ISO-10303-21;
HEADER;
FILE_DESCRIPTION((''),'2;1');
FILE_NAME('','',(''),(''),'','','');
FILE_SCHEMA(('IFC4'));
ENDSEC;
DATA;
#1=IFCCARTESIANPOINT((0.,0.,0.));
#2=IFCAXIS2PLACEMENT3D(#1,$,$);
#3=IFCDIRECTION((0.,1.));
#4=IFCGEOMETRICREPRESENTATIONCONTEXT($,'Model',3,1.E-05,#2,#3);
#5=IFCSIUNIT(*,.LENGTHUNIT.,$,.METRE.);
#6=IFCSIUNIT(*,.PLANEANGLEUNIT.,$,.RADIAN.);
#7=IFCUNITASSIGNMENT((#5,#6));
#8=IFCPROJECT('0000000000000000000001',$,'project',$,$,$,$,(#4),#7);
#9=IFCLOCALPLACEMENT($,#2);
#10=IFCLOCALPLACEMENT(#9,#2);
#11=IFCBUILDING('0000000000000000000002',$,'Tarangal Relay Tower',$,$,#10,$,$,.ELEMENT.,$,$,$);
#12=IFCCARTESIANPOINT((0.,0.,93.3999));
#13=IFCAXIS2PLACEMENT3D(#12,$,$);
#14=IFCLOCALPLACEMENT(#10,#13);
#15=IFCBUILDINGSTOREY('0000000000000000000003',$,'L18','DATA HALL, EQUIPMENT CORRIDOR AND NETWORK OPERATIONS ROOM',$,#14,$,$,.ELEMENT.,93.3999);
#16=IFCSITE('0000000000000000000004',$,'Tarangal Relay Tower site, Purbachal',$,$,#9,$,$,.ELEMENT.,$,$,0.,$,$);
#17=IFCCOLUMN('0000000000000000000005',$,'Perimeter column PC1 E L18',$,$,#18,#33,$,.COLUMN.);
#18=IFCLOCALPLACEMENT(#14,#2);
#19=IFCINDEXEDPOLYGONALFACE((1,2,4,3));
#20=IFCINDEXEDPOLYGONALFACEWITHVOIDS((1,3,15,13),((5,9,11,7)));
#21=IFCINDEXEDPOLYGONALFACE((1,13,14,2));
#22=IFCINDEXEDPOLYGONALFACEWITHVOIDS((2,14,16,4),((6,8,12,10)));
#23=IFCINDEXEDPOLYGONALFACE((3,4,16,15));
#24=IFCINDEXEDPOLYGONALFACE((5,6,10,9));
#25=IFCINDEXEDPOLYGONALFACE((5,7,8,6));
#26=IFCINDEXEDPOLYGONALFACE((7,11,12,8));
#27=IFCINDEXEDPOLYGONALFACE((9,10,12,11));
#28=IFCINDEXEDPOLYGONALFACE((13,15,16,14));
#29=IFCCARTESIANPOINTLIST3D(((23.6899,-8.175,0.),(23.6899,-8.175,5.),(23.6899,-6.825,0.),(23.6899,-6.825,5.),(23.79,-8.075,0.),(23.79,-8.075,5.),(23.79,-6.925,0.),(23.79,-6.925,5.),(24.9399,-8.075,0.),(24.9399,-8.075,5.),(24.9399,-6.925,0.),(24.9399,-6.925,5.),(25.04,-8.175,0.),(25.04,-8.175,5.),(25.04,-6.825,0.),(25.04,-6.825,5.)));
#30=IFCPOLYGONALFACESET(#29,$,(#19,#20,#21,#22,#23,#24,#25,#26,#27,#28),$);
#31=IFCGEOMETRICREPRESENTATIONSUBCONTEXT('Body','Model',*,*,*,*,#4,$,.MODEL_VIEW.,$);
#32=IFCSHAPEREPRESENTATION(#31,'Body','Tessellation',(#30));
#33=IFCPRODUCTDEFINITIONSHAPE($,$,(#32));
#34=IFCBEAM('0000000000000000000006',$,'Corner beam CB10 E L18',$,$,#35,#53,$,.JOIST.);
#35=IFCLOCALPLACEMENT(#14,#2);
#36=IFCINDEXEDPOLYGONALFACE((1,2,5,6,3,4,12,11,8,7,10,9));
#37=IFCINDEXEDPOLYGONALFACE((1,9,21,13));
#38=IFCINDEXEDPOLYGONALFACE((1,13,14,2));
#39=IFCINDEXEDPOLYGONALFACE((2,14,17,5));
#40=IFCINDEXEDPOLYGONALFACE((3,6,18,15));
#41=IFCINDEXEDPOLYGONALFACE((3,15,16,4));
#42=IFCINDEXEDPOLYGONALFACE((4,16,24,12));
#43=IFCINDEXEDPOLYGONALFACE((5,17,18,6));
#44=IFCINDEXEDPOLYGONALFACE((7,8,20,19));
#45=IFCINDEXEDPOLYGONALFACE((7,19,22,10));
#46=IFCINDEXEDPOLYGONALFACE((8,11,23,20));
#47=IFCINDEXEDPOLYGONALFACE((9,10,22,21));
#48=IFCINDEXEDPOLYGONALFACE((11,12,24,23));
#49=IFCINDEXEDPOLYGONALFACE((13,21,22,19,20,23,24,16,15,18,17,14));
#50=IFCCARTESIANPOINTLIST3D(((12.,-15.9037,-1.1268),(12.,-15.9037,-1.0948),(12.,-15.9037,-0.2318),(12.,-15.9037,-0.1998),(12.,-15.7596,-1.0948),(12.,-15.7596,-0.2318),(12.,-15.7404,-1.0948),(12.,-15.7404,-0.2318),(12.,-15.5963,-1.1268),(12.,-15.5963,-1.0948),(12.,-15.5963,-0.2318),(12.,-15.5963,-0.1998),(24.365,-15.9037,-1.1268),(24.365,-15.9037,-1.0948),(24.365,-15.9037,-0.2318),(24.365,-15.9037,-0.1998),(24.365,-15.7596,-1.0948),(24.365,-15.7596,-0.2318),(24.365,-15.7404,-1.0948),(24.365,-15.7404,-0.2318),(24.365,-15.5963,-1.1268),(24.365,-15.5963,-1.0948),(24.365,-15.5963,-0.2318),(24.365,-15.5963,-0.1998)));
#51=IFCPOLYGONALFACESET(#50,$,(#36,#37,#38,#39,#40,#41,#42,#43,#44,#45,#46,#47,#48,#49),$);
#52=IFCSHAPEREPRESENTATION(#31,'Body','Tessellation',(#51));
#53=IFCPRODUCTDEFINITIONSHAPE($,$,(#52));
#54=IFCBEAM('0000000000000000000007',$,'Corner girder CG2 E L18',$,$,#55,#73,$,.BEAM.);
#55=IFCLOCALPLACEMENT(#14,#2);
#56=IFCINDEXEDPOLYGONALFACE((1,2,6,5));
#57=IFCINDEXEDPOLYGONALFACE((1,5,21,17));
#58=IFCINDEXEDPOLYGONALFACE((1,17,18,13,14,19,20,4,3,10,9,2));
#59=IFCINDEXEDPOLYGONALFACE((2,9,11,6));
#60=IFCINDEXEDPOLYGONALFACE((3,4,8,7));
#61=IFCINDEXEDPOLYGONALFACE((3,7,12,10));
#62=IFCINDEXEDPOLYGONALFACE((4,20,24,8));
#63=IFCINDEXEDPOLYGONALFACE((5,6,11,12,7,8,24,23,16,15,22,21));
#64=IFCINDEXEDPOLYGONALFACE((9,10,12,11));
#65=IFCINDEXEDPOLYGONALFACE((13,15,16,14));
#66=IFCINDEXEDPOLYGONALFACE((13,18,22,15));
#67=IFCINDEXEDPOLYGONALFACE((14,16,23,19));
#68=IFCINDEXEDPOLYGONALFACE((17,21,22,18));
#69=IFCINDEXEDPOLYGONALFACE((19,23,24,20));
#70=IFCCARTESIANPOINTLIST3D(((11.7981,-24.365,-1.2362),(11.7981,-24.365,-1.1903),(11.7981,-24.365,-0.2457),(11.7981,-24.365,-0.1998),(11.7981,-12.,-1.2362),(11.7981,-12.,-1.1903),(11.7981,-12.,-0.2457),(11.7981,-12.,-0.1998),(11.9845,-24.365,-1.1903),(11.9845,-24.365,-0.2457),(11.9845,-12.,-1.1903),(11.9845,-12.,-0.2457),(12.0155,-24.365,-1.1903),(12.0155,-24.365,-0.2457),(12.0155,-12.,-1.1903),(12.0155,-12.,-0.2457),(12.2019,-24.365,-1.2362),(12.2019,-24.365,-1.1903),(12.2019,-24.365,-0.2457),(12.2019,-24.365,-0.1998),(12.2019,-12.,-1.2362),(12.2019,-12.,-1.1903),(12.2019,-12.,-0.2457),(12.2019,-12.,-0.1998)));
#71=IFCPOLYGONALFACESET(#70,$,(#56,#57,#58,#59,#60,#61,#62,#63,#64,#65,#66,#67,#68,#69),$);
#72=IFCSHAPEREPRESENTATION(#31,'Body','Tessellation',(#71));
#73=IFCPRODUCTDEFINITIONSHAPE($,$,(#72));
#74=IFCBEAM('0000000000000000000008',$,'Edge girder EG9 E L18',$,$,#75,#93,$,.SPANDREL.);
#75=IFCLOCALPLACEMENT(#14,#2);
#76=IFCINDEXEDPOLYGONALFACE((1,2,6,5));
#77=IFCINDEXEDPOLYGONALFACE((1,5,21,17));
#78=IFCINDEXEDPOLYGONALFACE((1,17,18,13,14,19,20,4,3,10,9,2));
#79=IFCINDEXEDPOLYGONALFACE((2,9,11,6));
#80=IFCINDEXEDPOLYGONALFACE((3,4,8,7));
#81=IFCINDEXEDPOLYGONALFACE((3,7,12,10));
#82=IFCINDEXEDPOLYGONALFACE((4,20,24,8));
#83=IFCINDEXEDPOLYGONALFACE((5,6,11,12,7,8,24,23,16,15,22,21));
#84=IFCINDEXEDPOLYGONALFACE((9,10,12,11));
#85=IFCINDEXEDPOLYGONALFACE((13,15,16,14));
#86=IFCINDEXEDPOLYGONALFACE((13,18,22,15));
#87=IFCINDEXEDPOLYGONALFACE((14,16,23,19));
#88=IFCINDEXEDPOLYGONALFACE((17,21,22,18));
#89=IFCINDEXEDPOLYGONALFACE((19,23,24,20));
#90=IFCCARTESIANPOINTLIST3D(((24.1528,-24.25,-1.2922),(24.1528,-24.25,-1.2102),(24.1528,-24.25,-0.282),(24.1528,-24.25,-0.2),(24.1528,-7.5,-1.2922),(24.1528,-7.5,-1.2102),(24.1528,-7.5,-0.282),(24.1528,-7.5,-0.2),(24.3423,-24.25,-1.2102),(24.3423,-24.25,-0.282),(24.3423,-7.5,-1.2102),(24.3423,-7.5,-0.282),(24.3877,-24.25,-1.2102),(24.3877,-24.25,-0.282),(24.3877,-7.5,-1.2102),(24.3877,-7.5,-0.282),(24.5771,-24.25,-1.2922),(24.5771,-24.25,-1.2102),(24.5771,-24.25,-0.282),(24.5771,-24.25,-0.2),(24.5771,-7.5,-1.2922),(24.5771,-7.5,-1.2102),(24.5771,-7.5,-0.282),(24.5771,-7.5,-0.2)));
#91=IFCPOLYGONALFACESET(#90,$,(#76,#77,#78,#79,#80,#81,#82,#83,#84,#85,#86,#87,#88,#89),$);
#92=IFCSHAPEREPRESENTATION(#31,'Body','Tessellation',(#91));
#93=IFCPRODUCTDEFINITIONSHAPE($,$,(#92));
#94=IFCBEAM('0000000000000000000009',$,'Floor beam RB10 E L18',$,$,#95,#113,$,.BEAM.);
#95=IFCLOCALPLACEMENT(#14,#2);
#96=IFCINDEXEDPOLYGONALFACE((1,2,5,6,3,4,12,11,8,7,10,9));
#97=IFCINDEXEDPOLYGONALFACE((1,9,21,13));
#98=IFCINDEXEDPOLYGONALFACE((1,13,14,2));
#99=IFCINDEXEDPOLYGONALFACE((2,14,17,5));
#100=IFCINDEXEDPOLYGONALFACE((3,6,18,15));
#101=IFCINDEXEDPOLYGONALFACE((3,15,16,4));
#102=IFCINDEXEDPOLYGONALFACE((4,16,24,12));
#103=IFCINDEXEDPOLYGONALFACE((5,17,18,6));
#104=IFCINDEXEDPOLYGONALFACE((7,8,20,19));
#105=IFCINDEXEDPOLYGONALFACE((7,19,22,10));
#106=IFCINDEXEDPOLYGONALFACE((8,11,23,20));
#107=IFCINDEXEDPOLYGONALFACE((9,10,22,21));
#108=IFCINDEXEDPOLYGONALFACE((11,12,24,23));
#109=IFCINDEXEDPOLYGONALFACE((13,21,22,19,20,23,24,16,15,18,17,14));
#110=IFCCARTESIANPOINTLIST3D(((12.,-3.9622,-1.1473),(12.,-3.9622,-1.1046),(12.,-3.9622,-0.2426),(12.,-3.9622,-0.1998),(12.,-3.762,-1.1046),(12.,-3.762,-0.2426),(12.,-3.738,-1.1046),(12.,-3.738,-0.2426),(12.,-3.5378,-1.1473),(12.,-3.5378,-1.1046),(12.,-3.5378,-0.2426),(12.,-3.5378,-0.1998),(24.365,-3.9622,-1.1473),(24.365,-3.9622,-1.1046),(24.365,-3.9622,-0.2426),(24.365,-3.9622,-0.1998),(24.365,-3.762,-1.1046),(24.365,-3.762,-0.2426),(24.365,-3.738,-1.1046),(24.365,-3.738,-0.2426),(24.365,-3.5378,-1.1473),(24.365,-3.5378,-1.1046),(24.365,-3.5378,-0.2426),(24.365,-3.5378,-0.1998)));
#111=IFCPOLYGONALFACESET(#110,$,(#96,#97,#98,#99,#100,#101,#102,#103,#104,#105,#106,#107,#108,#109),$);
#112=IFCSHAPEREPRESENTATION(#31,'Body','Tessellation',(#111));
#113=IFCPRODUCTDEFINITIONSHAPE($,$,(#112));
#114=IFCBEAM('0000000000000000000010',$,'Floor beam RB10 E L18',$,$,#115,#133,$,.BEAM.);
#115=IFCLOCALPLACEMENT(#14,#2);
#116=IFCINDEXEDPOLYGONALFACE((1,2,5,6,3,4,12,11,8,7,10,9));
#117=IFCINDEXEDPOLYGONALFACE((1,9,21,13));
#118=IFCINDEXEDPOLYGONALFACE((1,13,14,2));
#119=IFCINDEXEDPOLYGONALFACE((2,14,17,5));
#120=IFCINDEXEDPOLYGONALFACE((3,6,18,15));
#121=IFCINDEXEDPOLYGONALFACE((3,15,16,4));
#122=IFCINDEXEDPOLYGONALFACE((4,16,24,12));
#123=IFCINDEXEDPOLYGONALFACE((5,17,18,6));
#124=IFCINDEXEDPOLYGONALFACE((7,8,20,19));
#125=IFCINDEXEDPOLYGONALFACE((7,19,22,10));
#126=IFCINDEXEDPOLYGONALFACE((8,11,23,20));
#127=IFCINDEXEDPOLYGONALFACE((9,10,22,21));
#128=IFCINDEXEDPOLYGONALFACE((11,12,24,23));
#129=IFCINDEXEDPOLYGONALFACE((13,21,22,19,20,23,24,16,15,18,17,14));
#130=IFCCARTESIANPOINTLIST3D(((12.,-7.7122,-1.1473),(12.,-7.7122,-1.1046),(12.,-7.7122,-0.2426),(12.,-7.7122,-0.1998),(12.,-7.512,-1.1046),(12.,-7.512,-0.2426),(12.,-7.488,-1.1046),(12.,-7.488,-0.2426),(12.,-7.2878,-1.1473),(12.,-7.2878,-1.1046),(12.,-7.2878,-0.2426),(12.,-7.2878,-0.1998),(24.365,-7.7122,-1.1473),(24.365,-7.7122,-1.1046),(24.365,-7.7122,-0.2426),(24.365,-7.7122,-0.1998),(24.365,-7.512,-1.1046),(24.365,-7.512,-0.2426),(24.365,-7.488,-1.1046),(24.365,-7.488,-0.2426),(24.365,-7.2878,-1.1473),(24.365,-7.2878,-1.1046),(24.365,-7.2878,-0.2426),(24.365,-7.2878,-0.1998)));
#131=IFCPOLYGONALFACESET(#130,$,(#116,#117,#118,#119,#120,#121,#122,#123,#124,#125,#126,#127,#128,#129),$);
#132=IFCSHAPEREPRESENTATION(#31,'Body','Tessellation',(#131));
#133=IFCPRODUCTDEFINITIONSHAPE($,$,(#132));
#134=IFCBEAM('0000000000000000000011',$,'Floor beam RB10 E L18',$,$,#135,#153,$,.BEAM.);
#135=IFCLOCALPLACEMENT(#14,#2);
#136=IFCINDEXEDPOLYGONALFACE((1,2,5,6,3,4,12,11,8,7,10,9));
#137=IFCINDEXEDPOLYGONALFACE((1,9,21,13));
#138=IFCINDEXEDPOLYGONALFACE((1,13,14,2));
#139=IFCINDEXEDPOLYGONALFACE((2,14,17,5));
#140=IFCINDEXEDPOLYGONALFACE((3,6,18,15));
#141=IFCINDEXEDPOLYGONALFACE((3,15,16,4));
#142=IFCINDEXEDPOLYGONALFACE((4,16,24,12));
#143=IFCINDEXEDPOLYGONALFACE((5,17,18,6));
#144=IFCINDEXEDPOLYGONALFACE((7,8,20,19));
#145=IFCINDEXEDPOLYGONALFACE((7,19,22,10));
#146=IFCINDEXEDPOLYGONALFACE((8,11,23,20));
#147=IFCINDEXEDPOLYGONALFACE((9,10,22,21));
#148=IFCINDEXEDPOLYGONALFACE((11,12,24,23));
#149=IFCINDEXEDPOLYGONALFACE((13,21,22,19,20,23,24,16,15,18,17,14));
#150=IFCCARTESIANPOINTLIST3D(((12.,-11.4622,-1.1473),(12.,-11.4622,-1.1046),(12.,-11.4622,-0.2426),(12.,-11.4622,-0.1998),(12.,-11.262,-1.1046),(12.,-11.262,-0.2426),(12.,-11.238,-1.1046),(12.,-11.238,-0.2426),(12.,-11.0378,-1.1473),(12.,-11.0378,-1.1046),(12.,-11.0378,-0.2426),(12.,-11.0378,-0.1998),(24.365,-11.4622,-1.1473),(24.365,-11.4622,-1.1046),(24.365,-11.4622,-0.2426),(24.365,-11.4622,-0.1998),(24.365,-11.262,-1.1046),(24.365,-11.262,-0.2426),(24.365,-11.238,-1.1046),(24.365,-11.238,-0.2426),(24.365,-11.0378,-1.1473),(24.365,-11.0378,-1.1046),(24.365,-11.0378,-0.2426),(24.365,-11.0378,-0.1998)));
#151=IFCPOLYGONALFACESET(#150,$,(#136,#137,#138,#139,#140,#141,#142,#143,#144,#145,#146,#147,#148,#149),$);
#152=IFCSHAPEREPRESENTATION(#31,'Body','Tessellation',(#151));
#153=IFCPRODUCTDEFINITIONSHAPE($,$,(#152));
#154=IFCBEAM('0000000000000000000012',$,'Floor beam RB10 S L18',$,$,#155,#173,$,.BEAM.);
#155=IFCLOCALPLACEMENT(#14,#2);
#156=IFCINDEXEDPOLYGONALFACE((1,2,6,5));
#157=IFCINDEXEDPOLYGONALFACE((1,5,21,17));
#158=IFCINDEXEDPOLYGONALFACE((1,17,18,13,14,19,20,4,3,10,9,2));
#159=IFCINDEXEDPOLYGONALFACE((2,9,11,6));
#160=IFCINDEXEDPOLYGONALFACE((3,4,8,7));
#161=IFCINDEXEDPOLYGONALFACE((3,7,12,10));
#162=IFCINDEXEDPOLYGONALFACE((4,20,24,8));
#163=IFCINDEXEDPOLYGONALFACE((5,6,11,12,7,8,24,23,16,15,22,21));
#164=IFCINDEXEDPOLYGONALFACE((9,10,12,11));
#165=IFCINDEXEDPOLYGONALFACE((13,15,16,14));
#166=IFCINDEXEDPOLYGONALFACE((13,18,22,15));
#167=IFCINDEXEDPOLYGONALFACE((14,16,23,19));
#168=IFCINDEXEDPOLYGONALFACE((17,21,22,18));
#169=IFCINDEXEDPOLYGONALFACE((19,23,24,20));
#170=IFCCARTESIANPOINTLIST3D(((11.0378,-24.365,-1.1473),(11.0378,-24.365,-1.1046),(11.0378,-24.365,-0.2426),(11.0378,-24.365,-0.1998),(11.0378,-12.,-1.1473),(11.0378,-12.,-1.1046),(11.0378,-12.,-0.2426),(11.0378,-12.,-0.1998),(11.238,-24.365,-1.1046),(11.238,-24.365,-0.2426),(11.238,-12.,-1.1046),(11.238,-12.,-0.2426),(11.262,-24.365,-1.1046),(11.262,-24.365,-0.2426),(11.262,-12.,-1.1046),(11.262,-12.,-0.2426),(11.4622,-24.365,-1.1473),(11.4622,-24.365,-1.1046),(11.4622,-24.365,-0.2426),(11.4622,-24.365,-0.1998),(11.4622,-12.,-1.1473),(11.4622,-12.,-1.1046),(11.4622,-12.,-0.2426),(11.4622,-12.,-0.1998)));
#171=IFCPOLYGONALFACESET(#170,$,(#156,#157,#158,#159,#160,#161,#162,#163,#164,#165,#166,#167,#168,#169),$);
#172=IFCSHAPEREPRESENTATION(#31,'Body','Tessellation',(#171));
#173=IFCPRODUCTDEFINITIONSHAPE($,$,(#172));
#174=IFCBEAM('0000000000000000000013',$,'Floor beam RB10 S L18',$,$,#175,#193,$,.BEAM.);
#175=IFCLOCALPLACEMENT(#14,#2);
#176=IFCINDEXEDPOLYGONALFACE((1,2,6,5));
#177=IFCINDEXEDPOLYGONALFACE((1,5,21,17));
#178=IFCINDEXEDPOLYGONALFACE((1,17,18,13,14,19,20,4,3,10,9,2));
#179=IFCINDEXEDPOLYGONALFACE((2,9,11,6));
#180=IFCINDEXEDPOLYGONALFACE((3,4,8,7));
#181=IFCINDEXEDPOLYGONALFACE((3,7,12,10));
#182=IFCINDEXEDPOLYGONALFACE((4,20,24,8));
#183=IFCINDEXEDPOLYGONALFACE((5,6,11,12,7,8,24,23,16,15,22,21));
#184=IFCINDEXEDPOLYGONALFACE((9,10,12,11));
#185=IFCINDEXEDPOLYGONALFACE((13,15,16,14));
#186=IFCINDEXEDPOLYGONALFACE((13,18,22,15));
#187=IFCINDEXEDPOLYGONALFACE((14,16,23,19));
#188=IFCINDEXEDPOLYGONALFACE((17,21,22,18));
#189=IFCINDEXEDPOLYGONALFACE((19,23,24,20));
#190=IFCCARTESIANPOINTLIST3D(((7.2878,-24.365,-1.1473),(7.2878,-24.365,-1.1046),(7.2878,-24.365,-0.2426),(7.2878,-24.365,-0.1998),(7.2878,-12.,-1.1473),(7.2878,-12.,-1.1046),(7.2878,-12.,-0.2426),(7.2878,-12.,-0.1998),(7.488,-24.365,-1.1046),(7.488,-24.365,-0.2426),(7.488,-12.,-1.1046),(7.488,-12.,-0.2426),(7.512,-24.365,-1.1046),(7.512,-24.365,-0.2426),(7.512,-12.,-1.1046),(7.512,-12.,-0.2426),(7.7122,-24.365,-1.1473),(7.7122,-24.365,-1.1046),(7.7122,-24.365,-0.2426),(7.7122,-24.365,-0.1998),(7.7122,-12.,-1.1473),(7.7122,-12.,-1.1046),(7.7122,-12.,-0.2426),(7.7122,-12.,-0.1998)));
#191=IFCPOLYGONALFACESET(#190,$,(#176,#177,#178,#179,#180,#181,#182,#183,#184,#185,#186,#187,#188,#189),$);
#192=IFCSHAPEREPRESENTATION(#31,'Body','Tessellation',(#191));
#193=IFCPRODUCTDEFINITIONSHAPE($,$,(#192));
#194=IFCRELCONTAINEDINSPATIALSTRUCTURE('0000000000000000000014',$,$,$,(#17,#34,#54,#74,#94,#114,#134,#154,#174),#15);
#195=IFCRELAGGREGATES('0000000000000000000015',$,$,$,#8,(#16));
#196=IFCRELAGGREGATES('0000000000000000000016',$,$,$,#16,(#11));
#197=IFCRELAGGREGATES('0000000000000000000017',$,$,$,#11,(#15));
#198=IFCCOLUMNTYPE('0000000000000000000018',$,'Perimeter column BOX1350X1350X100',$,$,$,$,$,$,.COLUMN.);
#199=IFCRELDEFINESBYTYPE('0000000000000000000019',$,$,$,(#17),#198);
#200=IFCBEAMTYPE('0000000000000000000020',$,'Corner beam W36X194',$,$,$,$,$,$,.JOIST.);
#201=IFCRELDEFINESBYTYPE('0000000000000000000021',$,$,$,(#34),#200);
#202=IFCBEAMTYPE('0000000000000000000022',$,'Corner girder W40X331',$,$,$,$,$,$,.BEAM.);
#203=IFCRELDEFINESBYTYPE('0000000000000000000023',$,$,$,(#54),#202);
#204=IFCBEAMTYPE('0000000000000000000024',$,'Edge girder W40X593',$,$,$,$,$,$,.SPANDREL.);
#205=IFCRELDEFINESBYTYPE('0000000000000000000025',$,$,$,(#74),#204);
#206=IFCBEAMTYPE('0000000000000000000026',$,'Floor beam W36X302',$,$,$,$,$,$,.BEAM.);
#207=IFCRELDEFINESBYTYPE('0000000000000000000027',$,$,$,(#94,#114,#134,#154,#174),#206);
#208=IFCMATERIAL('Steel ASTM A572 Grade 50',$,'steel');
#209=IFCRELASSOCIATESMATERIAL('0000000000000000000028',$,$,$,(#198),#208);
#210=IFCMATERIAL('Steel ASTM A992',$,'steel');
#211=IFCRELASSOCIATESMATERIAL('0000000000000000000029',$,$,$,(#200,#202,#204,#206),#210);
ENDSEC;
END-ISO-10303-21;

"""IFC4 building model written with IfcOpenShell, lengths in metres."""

from ifc_helpers import new_model, si_unit, direction, frame, origin, origin_2d, place, context, subcontext, project, spatial, hollow_rectangle, i_section, extrude, material, material_profile, profile_set, type_object, element, save


model = new_model("IFC4")

# Units and contexts
model_context = context("Model", 3, precision=1e-05, world=origin(), true_north=direction((0.0, 1.0)))
body_context = subcontext(model_context, "Body", "Model", "MODEL_VIEW")
ifc_project = project(units=[si_unit("LENGTHUNIT", "METRE"), si_unit("PLANEANGLEUNIT", "RADIAN")], contexts=[model_context])

# Site, building, storey
site_placement = place(None, origin())
site = spatial("IfcSite", under=ifc_project, at=site_placement, Name="Tarangal Relay Tower site, Purbachal", CompositionType="ELEMENT", RefElevation=0.0)
building_placement = place(site_placement, origin())
building = spatial("IfcBuilding", under=site, at=building_placement, Name="Tarangal Relay Tower", CompositionType="ELEMENT")
storey_placement = place(building_placement, frame((0.0, 0.0, 93.3999)))
storey = spatial("IfcBuildingStorey", under=building, at=storey_placement, Name="L18", Description="DATA HALL, EQUIPMENT CORRIDOR AND NETWORK OPERATIONS ROOM", CompositionType="ELEMENT", Elevation=93.3999)

# Column
ifc_material_1 = material(Name="Steel ASTM A572 Grade 50", Category="steel")
ifc_material_profile_1 = material_profile(ifc_material_1, hollow_rectangle(XDim=1.3501, YDim=1.3501, WallThickness=0.1001, at=origin_2d()), Name="BOX1350X1350X100")
ifc_profile_set_1 = profile_set([ifc_material_profile_1], Name="Steel ASTM A572 Grade 50")
column_type = type_object("IfcColumnType", Name="Perimeter column BOX1350X1350X100", PredefinedType="COLUMN", material=ifc_profile_set_1)
column_placement = place(storey_placement, frame((24.365, -7.5, 0.0), z_axis=(0.0, 0.0, 1.0), x_axis=(1.0, 0.0, 0.0)))
element("IfcColumn", 1, at=column_placement, inside=storey, type_object=column_type, Name="Perimeter column PC1 E L18", PredefinedType="COLUMN", context=body_context, shape_type="SweptSolid", body=[
    extrude(hollow_rectangle(XDim=1.3501, YDim=1.3501, WallThickness=0.1001, at=origin_2d()), origin(), (0.0, 0.0, 1.0), 5.0),
])

# Beams
ifc_material_2 = material(Name="Steel ASTM A992", Category="steel")
ifc_material_profile_2 = material_profile(ifc_material_2, i_section(OverallWidth=0.3074, OverallDepth=0.927, WebThickness=0.0193, FlangeThickness=0.032, at=origin_2d()), Name="W36X194")
ifc_profile_set_2 = profile_set([ifc_material_profile_2], Name="Steel ASTM A992")
beam_type_1 = type_object("IfcBeamType", Name="Corner beam W36X194", PredefinedType="JOIST", material=ifc_profile_set_2)
beam_1_placement = place(storey_placement, frame((12.0, -15.75, -0.6633), z_axis=(1.0, 0.0, 0.0), x_axis=(0.0, 1.0, 0.0)))
element("IfcBeam", 2, at=beam_1_placement, inside=storey, type_object=beam_type_1, Name="Corner beam CB10 E L18", PredefinedType="JOIST", context=body_context, shape_type="SweptSolid", body=[
    extrude(i_section(OverallWidth=0.3074, OverallDepth=0.927, WebThickness=0.0193, FlangeThickness=0.032, at=origin_2d()), origin(), (0.0, 0.0, 1.0), 12.365),
])
ifc_material_profile_3 = material_profile(ifc_material_2, i_section(OverallWidth=0.4038, OverallDepth=1.0364, WebThickness=0.031, FlangeThickness=0.0459, at=origin_2d()), Name="W40X331")
ifc_profile_set_3 = profile_set([ifc_material_profile_3], Name="Steel ASTM A992")
beam_type_2 = type_object("IfcBeamType", Name="Corner girder W40X331", PredefinedType="BEAM", material=ifc_profile_set_3)
beam_2_placement = place(storey_placement, frame((12.0, -12.0, -0.718), z_axis=(0.0, -1.0, 0.0), x_axis=(1.0, 0.0, 0.0)))
element("IfcBeam", 3, at=beam_2_placement, inside=storey, type_object=beam_type_2, Name="Corner girder CG2 E L18", PredefinedType="BEAM", context=body_context, shape_type="SweptSolid", body=[
    extrude(i_section(OverallWidth=0.4038, OverallDepth=1.0364, WebThickness=0.031, FlangeThickness=0.0459, at=origin_2d()), origin(), (0.0, 0.0, 1.0), 12.365),
])
ifc_material_profile_4 = material_profile(ifc_material_2, i_section(OverallWidth=0.4243, OverallDepth=1.0923, WebThickness=0.0454, FlangeThickness=0.082, at=origin_2d()), Name="W40X593")
ifc_profile_set_4 = profile_set([ifc_material_profile_4], Name="Steel ASTM A992")
beam_type_3 = type_object("IfcBeamType", Name="Edge girder W40X593", PredefinedType="SPANDREL", material=ifc_profile_set_4)
beam_3_placement = place(storey_placement, frame((24.365, -7.5, -0.7461), z_axis=(0.0, -1.0, 0.0), x_axis=(1.0, 0.0, 0.0)))
element("IfcBeam", 4, at=beam_3_placement, inside=storey, type_object=beam_type_3, Name="Edge girder EG9 E L18", PredefinedType="SPANDREL", context=body_context, shape_type="SweptSolid", body=[
    extrude(i_section(OverallWidth=0.4243, OverallDepth=1.0923, WebThickness=0.0454, FlangeThickness=0.082, at=origin_2d()), origin(), (0.0, 0.0, 1.0), 16.75),
])
ifc_material_profile_5 = material_profile(ifc_material_2, i_section(OverallWidth=0.4243, OverallDepth=0.9475, WebThickness=0.0239, FlangeThickness=0.0427, at=origin_2d()), Name="W36X302")
ifc_profile_set_5 = profile_set([ifc_material_profile_5], Name="Steel ASTM A992")
beam_type_4 = type_object("IfcBeamType", Name="Floor beam W36X302", PredefinedType="BEAM", material=ifc_profile_set_5)
for number, where, z_axis, x_axis, name in (
    (5, (12.0, -3.75, -0.6736), (1.0, 0.0, 0.0), (0.0, 1.0, 0.0), "Floor beam RB10 E L18"),
    (6, (12.0, -7.5, -0.6736), (1.0, 0.0, 0.0), (0.0, 1.0, 0.0), "Floor beam RB10 E L18"),
    (7, (12.0, -11.25, -0.6736), (1.0, 0.0, 0.0), (0.0, 1.0, 0.0), "Floor beam RB10 E L18"),
    (8, (11.25, -12.0, -0.6736), (0.0, -1.0, 0.0), (1.0, 0.0, 0.0), "Floor beam RB10 S L18"),
    (9, (7.5, -12.0, -0.6736), (0.0, -1.0, 0.0), (1.0, 0.0, 0.0), "Floor beam RB10 S L18"),
):
    element("IfcBeam", number, at=place(storey_placement, frame(where, z_axis=z_axis, x_axis=x_axis)), inside=storey, type_object=beam_type_4, Name=name, PredefinedType="BEAM", context=body_context, shape_type="SweptSolid", body=[
        extrude(i_section(OverallWidth=0.4243, OverallDepth=0.9475, WebThickness=0.0239, FlangeThickness=0.0427, at=origin_2d()), origin(), (0.0, 0.0, 1.0), 12.365),
    ])

save(model, "model.ifc")
